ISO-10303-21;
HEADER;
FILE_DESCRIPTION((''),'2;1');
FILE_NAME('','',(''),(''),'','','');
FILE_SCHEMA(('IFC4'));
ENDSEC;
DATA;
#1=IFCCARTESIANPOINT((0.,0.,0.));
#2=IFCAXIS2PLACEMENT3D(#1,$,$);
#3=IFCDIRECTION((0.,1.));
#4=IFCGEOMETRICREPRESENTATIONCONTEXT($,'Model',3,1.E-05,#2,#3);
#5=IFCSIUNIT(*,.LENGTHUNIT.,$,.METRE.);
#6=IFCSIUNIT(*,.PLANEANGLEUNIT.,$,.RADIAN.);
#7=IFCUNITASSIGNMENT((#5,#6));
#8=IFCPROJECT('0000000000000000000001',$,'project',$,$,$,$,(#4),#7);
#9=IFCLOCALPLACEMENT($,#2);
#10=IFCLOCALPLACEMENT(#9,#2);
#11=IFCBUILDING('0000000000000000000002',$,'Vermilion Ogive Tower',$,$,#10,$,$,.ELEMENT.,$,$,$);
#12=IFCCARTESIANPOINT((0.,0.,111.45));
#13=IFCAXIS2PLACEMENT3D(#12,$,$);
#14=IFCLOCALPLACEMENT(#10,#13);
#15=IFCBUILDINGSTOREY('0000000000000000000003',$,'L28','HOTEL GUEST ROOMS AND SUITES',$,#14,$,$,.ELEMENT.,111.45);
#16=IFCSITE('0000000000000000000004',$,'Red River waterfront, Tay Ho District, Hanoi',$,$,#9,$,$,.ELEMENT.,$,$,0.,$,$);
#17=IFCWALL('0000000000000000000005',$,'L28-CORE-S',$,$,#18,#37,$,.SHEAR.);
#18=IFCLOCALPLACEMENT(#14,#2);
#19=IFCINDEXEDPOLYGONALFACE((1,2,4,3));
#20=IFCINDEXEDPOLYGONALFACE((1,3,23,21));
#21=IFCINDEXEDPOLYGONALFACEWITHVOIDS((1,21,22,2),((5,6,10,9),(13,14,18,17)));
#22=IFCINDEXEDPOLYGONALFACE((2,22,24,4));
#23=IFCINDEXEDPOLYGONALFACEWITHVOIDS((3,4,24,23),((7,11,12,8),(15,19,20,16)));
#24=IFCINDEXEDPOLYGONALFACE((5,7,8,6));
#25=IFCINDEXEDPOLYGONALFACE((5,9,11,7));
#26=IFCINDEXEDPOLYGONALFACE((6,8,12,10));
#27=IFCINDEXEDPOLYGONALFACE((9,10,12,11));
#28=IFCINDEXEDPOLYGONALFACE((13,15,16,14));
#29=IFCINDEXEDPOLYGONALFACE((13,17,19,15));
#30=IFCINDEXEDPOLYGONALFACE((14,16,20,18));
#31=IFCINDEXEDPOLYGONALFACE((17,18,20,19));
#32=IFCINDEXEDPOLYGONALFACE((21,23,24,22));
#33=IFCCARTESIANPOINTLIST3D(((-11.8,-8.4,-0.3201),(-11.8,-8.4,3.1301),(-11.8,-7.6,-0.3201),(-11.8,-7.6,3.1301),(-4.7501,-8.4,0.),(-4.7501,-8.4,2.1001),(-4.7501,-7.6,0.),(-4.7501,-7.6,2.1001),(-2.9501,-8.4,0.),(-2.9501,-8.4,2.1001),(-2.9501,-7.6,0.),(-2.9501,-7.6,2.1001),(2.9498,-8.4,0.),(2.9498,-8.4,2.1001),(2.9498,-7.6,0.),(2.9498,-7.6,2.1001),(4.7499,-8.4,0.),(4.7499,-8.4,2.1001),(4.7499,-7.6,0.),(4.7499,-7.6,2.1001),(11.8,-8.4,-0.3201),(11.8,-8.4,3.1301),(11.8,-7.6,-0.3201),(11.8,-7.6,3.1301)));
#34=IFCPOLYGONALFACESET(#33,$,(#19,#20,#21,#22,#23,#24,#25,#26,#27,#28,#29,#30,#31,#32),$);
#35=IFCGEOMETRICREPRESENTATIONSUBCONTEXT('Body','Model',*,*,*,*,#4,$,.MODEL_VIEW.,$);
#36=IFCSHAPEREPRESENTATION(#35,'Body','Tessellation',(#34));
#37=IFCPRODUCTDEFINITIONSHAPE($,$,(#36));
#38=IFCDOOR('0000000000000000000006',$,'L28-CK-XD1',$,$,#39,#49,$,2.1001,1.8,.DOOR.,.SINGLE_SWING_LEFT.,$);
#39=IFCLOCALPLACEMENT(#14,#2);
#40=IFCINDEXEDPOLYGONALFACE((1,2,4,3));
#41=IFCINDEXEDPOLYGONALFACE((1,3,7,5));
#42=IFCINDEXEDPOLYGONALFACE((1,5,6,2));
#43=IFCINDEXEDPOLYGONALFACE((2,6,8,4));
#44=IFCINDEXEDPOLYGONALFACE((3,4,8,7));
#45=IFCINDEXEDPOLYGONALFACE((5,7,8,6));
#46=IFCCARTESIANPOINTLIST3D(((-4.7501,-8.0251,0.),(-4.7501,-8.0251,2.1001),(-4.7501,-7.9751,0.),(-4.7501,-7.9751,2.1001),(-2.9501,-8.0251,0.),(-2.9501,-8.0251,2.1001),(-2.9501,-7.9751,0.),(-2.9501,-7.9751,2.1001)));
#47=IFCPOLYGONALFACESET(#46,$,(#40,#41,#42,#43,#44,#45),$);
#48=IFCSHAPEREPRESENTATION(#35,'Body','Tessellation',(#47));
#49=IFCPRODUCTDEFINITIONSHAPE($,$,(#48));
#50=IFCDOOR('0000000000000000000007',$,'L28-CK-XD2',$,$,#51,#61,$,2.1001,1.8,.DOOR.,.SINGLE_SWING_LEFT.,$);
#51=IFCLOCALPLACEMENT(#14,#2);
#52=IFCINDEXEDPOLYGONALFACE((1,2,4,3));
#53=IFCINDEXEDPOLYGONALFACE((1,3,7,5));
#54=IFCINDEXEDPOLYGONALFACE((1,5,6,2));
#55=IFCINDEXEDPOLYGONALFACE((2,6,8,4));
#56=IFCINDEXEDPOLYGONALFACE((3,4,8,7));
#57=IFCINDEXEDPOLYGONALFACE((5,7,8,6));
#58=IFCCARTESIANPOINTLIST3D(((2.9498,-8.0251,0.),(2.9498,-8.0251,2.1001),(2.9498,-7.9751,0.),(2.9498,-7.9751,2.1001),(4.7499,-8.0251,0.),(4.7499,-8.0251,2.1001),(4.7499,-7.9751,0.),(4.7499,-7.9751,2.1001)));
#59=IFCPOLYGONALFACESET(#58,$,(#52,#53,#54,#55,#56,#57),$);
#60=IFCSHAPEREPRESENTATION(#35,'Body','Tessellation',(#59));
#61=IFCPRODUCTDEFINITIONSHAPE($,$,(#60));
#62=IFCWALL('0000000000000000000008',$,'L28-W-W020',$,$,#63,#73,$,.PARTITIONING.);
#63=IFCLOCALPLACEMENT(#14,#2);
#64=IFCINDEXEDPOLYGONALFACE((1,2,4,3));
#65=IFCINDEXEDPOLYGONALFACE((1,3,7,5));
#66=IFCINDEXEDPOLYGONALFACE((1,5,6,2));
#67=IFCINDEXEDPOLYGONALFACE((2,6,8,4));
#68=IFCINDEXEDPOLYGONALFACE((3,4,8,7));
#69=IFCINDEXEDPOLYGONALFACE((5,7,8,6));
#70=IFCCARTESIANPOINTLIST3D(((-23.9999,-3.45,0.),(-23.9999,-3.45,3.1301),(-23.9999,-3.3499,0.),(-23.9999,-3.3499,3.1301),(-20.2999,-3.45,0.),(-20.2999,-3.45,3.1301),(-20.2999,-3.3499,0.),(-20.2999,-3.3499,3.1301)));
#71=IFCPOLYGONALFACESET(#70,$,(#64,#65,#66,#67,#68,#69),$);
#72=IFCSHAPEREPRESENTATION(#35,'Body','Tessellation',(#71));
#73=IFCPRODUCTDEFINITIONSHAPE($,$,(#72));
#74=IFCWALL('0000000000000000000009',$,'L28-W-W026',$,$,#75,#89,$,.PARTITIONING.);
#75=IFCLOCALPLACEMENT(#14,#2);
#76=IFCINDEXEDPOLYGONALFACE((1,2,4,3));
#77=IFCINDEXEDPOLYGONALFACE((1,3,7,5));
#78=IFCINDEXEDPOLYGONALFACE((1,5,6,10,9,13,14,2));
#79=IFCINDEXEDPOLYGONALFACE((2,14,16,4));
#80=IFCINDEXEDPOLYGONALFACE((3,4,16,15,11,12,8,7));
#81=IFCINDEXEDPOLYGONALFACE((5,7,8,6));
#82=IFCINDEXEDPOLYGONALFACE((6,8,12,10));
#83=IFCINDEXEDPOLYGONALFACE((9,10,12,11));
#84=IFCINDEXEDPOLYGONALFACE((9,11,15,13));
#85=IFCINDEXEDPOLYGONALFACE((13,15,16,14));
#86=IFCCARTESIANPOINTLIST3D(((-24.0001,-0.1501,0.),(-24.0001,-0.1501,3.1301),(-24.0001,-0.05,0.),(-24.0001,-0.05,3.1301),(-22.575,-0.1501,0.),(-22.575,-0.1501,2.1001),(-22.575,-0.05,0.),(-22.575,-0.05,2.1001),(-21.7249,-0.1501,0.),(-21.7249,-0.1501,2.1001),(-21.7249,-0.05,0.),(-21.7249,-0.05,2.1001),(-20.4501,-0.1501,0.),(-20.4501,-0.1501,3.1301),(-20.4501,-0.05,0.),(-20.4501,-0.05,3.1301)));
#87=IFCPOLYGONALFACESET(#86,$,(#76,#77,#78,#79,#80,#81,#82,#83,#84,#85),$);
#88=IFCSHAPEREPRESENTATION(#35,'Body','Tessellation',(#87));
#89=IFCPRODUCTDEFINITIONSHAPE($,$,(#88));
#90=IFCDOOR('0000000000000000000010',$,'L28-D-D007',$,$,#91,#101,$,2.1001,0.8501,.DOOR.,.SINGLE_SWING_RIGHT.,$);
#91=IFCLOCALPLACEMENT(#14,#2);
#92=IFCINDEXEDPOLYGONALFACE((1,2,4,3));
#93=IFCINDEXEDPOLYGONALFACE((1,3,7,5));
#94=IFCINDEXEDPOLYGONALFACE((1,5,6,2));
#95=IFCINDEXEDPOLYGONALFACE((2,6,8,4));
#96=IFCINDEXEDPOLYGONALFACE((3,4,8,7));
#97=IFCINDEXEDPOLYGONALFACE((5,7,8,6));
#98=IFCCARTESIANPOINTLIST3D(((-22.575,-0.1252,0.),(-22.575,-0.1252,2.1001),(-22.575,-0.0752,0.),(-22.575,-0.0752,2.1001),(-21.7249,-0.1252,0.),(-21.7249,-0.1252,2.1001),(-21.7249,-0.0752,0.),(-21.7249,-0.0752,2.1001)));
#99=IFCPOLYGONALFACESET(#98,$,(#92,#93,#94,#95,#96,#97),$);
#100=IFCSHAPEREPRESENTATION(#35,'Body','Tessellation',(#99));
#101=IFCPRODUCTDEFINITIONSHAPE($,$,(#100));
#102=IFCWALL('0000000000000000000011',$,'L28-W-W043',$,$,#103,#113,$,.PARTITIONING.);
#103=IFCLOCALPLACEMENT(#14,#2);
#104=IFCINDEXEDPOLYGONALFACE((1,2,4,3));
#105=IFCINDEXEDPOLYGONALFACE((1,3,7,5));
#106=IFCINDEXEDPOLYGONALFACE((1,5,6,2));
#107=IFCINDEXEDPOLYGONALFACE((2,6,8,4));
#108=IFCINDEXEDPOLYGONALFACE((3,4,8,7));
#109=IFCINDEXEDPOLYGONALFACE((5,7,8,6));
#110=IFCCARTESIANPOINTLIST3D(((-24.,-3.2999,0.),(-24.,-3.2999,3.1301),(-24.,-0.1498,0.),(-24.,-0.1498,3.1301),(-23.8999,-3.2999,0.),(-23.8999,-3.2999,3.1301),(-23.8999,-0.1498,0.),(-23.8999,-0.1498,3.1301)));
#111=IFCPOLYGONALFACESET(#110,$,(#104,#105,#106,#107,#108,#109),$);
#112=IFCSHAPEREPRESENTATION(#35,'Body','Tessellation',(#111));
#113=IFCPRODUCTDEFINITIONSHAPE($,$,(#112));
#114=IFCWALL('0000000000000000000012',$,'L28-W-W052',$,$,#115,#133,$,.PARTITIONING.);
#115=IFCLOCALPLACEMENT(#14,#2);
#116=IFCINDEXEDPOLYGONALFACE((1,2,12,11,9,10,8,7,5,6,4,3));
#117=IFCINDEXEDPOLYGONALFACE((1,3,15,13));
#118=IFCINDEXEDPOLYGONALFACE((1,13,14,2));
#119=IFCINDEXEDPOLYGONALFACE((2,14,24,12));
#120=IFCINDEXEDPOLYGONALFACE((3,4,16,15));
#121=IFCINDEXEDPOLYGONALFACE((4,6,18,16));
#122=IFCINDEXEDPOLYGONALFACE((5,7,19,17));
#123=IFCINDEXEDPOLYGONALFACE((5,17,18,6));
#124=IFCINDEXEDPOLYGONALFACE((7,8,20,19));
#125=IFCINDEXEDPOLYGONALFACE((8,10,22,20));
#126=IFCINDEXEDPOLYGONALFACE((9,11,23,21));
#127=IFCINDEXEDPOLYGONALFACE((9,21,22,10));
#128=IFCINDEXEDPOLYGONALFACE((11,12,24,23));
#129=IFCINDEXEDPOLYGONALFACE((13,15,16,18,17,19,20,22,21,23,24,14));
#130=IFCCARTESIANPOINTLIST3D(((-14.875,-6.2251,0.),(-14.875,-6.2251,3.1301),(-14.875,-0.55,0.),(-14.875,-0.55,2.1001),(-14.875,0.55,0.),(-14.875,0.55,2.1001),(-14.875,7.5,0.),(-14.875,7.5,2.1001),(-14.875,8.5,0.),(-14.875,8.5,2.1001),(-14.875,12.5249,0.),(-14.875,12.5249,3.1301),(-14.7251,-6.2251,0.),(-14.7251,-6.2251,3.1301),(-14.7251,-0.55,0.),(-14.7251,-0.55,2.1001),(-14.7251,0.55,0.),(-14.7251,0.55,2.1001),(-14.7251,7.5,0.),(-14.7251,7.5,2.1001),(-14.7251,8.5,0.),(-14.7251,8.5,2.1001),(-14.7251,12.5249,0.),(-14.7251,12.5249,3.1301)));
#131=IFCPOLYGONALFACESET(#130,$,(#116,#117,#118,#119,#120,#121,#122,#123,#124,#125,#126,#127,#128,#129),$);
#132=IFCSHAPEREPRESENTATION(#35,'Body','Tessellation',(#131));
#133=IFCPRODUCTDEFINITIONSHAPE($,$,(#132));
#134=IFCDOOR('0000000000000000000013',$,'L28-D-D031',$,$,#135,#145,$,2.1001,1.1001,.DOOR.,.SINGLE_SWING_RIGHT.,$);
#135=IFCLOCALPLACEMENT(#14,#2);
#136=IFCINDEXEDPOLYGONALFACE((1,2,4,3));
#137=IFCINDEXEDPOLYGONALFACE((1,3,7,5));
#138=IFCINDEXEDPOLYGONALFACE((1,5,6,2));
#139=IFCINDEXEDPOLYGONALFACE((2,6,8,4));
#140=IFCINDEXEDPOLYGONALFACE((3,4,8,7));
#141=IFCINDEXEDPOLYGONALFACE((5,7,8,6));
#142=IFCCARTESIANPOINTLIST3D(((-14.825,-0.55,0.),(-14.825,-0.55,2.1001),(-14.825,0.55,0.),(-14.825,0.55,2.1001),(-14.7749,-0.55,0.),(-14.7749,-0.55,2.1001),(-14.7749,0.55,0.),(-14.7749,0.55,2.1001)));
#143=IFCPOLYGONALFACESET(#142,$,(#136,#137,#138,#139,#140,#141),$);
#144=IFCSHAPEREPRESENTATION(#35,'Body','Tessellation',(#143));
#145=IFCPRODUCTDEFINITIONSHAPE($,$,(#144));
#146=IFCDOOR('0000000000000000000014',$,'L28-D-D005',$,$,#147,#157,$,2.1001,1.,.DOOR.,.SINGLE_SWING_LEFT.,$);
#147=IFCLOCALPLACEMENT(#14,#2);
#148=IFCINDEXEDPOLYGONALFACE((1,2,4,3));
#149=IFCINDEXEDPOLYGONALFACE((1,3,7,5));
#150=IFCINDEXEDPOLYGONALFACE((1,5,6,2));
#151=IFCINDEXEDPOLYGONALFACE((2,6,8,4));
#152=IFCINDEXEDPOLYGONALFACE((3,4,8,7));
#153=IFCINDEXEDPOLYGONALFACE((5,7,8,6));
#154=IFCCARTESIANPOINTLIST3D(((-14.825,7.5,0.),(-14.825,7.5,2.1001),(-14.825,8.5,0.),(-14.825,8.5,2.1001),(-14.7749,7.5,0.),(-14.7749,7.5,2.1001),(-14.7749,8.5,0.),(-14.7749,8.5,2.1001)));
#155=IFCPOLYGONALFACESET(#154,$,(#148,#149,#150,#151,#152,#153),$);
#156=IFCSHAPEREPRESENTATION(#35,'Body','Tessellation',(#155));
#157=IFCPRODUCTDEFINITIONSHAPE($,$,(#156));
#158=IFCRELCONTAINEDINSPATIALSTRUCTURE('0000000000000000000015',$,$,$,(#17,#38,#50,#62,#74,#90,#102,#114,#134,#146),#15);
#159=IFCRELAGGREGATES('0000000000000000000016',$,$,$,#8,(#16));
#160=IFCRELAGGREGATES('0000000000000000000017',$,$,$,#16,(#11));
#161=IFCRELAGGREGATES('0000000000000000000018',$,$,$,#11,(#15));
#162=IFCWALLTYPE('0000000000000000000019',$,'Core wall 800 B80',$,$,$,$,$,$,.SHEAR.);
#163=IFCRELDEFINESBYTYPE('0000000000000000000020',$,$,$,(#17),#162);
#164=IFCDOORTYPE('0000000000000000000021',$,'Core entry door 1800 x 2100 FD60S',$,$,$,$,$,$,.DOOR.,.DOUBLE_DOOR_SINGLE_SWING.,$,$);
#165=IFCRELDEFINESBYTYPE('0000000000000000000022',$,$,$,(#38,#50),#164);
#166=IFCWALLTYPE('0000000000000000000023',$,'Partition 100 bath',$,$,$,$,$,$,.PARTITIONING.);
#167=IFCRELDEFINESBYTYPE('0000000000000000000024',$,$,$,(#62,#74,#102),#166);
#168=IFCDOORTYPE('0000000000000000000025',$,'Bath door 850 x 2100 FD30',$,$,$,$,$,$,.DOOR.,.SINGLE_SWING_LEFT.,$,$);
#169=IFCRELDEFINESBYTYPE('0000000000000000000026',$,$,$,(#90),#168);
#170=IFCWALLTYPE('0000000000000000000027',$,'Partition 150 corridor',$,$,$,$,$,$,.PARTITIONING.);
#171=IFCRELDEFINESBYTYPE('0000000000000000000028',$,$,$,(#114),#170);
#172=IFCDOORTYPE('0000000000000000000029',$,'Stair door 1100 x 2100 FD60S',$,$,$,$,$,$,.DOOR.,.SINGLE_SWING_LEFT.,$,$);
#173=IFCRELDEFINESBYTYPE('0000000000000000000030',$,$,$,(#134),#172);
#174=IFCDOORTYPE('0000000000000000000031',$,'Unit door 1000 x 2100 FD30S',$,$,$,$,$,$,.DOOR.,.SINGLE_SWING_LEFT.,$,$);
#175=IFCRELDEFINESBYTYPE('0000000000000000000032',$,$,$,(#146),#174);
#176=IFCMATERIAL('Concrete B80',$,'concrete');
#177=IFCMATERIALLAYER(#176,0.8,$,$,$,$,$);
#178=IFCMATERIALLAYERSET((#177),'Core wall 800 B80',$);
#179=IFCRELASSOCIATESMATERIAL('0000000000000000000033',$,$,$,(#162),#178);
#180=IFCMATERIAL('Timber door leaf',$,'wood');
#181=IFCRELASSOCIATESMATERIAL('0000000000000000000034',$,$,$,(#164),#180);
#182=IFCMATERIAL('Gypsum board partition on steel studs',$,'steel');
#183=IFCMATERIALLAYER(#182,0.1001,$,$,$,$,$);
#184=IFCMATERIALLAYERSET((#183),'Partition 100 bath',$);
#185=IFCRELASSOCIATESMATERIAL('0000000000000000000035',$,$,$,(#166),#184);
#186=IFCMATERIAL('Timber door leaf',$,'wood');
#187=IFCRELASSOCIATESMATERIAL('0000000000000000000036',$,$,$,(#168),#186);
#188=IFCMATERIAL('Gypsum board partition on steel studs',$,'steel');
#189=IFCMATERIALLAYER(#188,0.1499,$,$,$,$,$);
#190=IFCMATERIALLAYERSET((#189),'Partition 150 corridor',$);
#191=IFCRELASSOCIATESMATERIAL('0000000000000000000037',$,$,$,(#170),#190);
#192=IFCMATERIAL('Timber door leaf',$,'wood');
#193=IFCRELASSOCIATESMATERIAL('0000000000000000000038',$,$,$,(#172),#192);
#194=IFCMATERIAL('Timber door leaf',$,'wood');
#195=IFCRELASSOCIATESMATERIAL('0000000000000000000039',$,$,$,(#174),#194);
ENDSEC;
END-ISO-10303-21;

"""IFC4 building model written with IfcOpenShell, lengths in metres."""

from ifc_helpers import new_model, si_unit, direction, frame, frame_2d, origin, place, context, subcontext, project, spatial, rectangle, extrude, material, layer, layer_set, type_object, element, fill, save


model = new_model("IFC4")

# Units and contexts
model_context = context("Model", 3, precision=1e-05, world=origin(), true_north=direction((0.0, 1.0)))
body_context = subcontext(model_context, "Body", "Model", "MODEL_VIEW")
ifc_project = project(units=[si_unit("LENGTHUNIT", "METRE"), si_unit("PLANEANGLEUNIT", "RADIAN")], contexts=[model_context])

# Site, building, storey
site_placement = place(None, origin())
site = spatial("IfcSite", under=ifc_project, at=site_placement, Name="Red River waterfront, Tay Ho District, Hanoi", CompositionType="ELEMENT", RefElevation=0.0)
building_placement = place(site_placement, origin())
building = spatial("IfcBuilding", under=site, at=building_placement, Name="Vermilion Ogive Tower", CompositionType="ELEMENT")
storey_placement = place(building_placement, frame((0.0, 0.0, 111.45)))
storey = spatial("IfcBuildingStorey", under=building, at=storey_placement, Name="L28", Description="HOTEL GUEST ROOMS AND SUITES", CompositionType="ELEMENT", Elevation=111.45)

# Wall, openings, doors
ifc_material_1 = material(Name="Concrete B80", Category="concrete")
ifc_layer_1 = layer(ifc_material_1, 0.8)
ifc_layer_set_1 = layer_set([ifc_layer_1], Name="Core wall 800 B80")
wall_type_1 = type_object("IfcWallType", Name="Core wall 800 B80", PredefinedType="SHEAR", material=ifc_layer_set_1)
wall_1_placement = place(storey_placement, frame((-11.8, -8.0, -0.3201), z_axis=(0.0, 0.0, 1.0), x_axis=(1.0, 0.0, 0.0)))
wall_1 = element("IfcWall", 1, at=wall_1_placement, inside=storey, type_object=wall_type_1, Name="L28-CORE-S", PredefinedType="SHEAR", context=body_context, shape_type="SweptSolid", body=[
    extrude(rectangle(XDim=23.6001, YDim=0.8, at=frame_2d((11.8, 0.0))), origin(), (0.0, 0.0, 1.0), 3.4502),
])
opening_1_placement = place(wall_1_placement, frame((7.05, 0.0, 0.3201)))
opening_1 = element("IfcOpeningElement", 2, at=opening_1_placement, cuts=wall_1, PredefinedType="OPENING", context=body_context, shape_type="SweptSolid", body=[
    extrude(rectangle(XDim=1.8, YDim=2.1001, at=frame_2d((0.8999, 1.05))), frame((0.0, 0.4099, 0.0), z_axis=(0.0, -1.0, 0.0), x_axis=(1.0, 0.0, 0.0)), (0.0, 0.0, 1.0), 0.8201),
])
opening_2_placement = place(wall_1_placement, frame((14.75, 0.0, 0.3201)))
opening_2 = element("IfcOpeningElement", 3, at=opening_2_placement, cuts=wall_1, PredefinedType="OPENING", context=body_context, shape_type="SweptSolid", body=[
    extrude(rectangle(XDim=1.8, YDim=2.1001, at=frame_2d((0.8999, 1.05))), frame((0.0, 0.4099, 0.0), z_axis=(0.0, -1.0, 0.0), x_axis=(1.0, 0.0, 0.0)), (0.0, 0.0, 1.0), 0.8201),
])
ifc_material_2 = material(Name="Timber door leaf", Category="wood")
door_type_1 = type_object("IfcDoorType", Name="Core entry door 1800 x 2100 FD60S", OperationType="DOUBLE_DOOR_SINGLE_SWING", PredefinedType="DOOR", material=ifc_material_2)
door_1_placement = place(opening_1_placement, origin())
door_1 = element("IfcDoor", 4, at=door_1_placement, inside=storey, type_object=door_type_1, Name="L28-CK-XD1", OperationType="SINGLE_SWING_LEFT", OverallHeight=2.1001, OverallWidth=1.8, PredefinedType="DOOR", context=body_context, shape_type="SweptSolid", body=[
    extrude(rectangle(XDim=1.8, YDim=2.1001, at=frame_2d((0.8999, 1.05))), frame((0.0, 0.0249, 0.0), z_axis=(0.0, -1.0, 0.0), x_axis=(1.0, 0.0, 0.0)), (0.0, 0.0, 1.0), 0.05),
])
fill(opening_1, door_1)
door_2_placement = place(opening_2_placement, origin())
door_2 = element("IfcDoor", 5, at=door_2_placement, inside=storey, type_object=door_type_1, Name="L28-CK-XD2", OperationType="SINGLE_SWING_LEFT", OverallHeight=2.1001, OverallWidth=1.8, PredefinedType="DOOR", context=body_context, shape_type="SweptSolid", body=[
    extrude(rectangle(XDim=1.8, YDim=2.1001, at=frame_2d((0.8999, 1.05))), frame((0.0, 0.0249, 0.0), z_axis=(0.0, -1.0, 0.0), x_axis=(1.0, 0.0, 0.0)), (0.0, 0.0, 1.0), 0.05),
])
fill(opening_2, door_2)

# Wall
ifc_material_3 = material(Name="Gypsum board partition on steel studs", Category="steel")
ifc_layer_2 = layer(ifc_material_3, 0.1001)
ifc_layer_set_2 = layer_set([ifc_layer_2], Name="Partition 100 bath")
wall_type_2 = type_object("IfcWallType", Name="Partition 100 bath", PredefinedType="PARTITIONING", material=ifc_layer_set_2)
wall_2_placement = place(storey_placement, frame((-24.0, -3.3999, 0.0), z_axis=(0.0, 0.0, 1.0), x_axis=(1.0, 0.0, 0.0)))
element("IfcWall", 6, at=wall_2_placement, inside=storey, type_object=wall_type_2, Name="L28-W-W020", PredefinedType="PARTITIONING", context=body_context, shape_type="SweptSolid", body=[
    extrude(rectangle(XDim=3.7, YDim=0.1001, at=frame_2d((1.8501, 0.0))), origin(), (0.0, 0.0, 1.0), 3.1301),
])

# Wall, opening, door
wall_3_placement = place(storey_placement, frame((-24.0, -0.1001, 0.0), z_axis=(0.0, 0.0, 1.0), x_axis=(1.0, 0.0, 0.0)))
wall_3 = element("IfcWall", 7, at=wall_3_placement, inside=storey, type_object=wall_type_2, Name="L28-W-W026", PredefinedType="PARTITIONING", context=body_context, shape_type="SweptSolid", body=[
    extrude(rectangle(XDim=3.55, YDim=0.1001, at=frame_2d((1.7749, 0.0))), origin(), (0.0, 0.0, 1.0), 3.1301),
])
opening_3_placement = place(wall_3_placement, frame((1.425, 0.0, 0.0)))
opening_3 = element("IfcOpeningElement", 8, at=opening_3_placement, cuts=wall_3, PredefinedType="OPENING", context=body_context, shape_type="SweptSolid", body=[
    extrude(rectangle(XDim=0.8501, YDim=2.1001, at=frame_2d((0.425, 1.05))), frame((0.0, 0.0601, 0.0), z_axis=(0.0, -1.0, 0.0), x_axis=(1.0, 0.0, 0.0)), (0.0, 0.0, 1.0), 0.1201),
])
ifc_material_4 = material(Name="Timber door leaf", Category="wood")
door_type_2 = type_object("IfcDoorType", Name="Bath door 850 x 2100 FD30", OperationType="SINGLE_SWING_LEFT", PredefinedType="DOOR", material=ifc_material_4)
door_3_placement = place(opening_3_placement, origin())
door_3 = element("IfcDoor", 9, at=door_3_placement, inside=storey, type_object=door_type_2, Name="L28-D-D007", OperationType="SINGLE_SWING_RIGHT", OverallHeight=2.1001, OverallWidth=0.8501, PredefinedType="DOOR", context=body_context, shape_type="SweptSolid", body=[
    extrude(rectangle(XDim=0.8501, YDim=2.1001, at=frame_2d((0.425, 1.05))), frame((0.0, 0.0249, 0.0), z_axis=(0.0, -1.0, 0.0), x_axis=(1.0, 0.0, 0.0)), (0.0, 0.0, 1.0), 0.05),
])
fill(opening_3, door_3)

# Wall
wall_4_placement = place(storey_placement, frame((-23.95, -3.3, 0.0), z_axis=(0.0, 0.0, 1.0), x_axis=(0.0, 1.0, 0.0)))
element("IfcWall", 10, at=wall_4_placement, inside=storey, type_object=wall_type_2, Name="L28-W-W043", PredefinedType="PARTITIONING", context=body_context, shape_type="SweptSolid", body=[
    extrude(rectangle(XDim=3.1501, YDim=0.1001, at=frame_2d((1.5752, 0.0))), origin(), (0.0, 0.0, 1.0), 3.1301),
])

# Wall, openings, doors
ifc_material_5 = material(Name="Gypsum board partition on steel studs", Category="steel")
ifc_layer_3 = layer(ifc_material_5, 0.1499)
ifc_layer_set_3 = layer_set([ifc_layer_3], Name="Partition 150 corridor")
wall_type_3 = type_object("IfcWallType", Name="Partition 150 corridor", PredefinedType="PARTITIONING", material=ifc_layer_set_3)
wall_5_placement = place(storey_placement, frame((-14.8, -6.2251, 0.0), z_axis=(0.0, 0.0, 1.0), x_axis=(0.0, 1.0, 0.0)))
wall_5 = element("IfcWall", 11, at=wall_5_placement, inside=storey, type_object=wall_type_3, Name="L28-W-W052", PredefinedType="PARTITIONING", context=body_context, shape_type="SweptSolid", body=[
    extrude(rectangle(XDim=18.75, YDim=0.1499, at=frame_2d((9.375, 0.0))), origin(), (0.0, 0.0, 1.0), 3.1301),
])
opening_4_placement = place(wall_5_placement, frame((13.7251, 0.0, 0.0)))
opening_4 = element("IfcOpeningElement", 12, at=opening_4_placement, cuts=wall_5, PredefinedType="OPENING", context=body_context, shape_type="SweptSolid", body=[
    extrude(rectangle(XDim=1.0, YDim=2.1001, at=frame_2d((0.5, 1.05))), frame((0.0, 0.085, 0.0), z_axis=(0.0, -1.0, 0.0), x_axis=(1.0, 0.0, 0.0)), (0.0, 0.0, 1.0), 0.1699),
])
opening_5_placement = place(wall_5_placement, frame((5.675, 0.0, 0.0)))
opening_5 = element("IfcOpeningElement", 13, at=opening_5_placement, cuts=wall_5, PredefinedType="OPENING", context=body_context, shape_type="SweptSolid", body=[
    extrude(rectangle(XDim=1.1001, YDim=2.1001, at=frame_2d((0.55, 1.05))), frame((0.0, 0.085, 0.0), z_axis=(0.0, -1.0, 0.0), x_axis=(1.0, 0.0, 0.0)), (0.0, 0.0, 1.0), 0.1699),
])
ifc_material_6 = material(Name="Timber door leaf", Category="wood")
door_type_3 = type_object("IfcDoorType", Name="Stair door 1100 x 2100 FD60S", OperationType="SINGLE_SWING_LEFT", PredefinedType="DOOR", material=ifc_material_6)
door_4_placement = place(opening_5_placement, origin())
door_4 = element("IfcDoor", 14, at=door_4_placement, inside=storey, type_object=door_type_3, Name="L28-D-D031", OperationType="SINGLE_SWING_RIGHT", OverallHeight=2.1001, OverallWidth=1.1001, PredefinedType="DOOR", context=body_context, shape_type="SweptSolid", body=[
    extrude(rectangle(XDim=1.1001, YDim=2.1001, at=frame_2d((0.55, 1.05))), frame((0.0, 0.0249, 0.0), z_axis=(0.0, -1.0, 0.0), x_axis=(1.0, 0.0, 0.0)), (0.0, 0.0, 1.0), 0.05),
])
fill(opening_5, door_4)
ifc_material_7 = material(Name="Timber door leaf", Category="wood")
door_type_4 = type_object("IfcDoorType", Name="Unit door 1000 x 2100 FD30S", OperationType="SINGLE_SWING_LEFT", PredefinedType="DOOR", material=ifc_material_7)
door_5_placement = place(opening_4_placement, origin())
door_5 = element("IfcDoor", 15, at=door_5_placement, inside=storey, type_object=door_type_4, Name="L28-D-D005", OperationType="SINGLE_SWING_LEFT", OverallHeight=2.1001, OverallWidth=1.0, PredefinedType="DOOR", context=body_context, shape_type="SweptSolid", body=[
    extrude(rectangle(XDim=1.0, YDim=2.1001, at=frame_2d((0.5, 1.05))), frame((0.0, 0.0249, 0.0), z_axis=(0.0, -1.0, 0.0), x_axis=(1.0, 0.0, 0.0)), (0.0, 0.0, 1.0), 0.05),
])
fill(opening_4, door_5)

save(model, "model.ifc")
